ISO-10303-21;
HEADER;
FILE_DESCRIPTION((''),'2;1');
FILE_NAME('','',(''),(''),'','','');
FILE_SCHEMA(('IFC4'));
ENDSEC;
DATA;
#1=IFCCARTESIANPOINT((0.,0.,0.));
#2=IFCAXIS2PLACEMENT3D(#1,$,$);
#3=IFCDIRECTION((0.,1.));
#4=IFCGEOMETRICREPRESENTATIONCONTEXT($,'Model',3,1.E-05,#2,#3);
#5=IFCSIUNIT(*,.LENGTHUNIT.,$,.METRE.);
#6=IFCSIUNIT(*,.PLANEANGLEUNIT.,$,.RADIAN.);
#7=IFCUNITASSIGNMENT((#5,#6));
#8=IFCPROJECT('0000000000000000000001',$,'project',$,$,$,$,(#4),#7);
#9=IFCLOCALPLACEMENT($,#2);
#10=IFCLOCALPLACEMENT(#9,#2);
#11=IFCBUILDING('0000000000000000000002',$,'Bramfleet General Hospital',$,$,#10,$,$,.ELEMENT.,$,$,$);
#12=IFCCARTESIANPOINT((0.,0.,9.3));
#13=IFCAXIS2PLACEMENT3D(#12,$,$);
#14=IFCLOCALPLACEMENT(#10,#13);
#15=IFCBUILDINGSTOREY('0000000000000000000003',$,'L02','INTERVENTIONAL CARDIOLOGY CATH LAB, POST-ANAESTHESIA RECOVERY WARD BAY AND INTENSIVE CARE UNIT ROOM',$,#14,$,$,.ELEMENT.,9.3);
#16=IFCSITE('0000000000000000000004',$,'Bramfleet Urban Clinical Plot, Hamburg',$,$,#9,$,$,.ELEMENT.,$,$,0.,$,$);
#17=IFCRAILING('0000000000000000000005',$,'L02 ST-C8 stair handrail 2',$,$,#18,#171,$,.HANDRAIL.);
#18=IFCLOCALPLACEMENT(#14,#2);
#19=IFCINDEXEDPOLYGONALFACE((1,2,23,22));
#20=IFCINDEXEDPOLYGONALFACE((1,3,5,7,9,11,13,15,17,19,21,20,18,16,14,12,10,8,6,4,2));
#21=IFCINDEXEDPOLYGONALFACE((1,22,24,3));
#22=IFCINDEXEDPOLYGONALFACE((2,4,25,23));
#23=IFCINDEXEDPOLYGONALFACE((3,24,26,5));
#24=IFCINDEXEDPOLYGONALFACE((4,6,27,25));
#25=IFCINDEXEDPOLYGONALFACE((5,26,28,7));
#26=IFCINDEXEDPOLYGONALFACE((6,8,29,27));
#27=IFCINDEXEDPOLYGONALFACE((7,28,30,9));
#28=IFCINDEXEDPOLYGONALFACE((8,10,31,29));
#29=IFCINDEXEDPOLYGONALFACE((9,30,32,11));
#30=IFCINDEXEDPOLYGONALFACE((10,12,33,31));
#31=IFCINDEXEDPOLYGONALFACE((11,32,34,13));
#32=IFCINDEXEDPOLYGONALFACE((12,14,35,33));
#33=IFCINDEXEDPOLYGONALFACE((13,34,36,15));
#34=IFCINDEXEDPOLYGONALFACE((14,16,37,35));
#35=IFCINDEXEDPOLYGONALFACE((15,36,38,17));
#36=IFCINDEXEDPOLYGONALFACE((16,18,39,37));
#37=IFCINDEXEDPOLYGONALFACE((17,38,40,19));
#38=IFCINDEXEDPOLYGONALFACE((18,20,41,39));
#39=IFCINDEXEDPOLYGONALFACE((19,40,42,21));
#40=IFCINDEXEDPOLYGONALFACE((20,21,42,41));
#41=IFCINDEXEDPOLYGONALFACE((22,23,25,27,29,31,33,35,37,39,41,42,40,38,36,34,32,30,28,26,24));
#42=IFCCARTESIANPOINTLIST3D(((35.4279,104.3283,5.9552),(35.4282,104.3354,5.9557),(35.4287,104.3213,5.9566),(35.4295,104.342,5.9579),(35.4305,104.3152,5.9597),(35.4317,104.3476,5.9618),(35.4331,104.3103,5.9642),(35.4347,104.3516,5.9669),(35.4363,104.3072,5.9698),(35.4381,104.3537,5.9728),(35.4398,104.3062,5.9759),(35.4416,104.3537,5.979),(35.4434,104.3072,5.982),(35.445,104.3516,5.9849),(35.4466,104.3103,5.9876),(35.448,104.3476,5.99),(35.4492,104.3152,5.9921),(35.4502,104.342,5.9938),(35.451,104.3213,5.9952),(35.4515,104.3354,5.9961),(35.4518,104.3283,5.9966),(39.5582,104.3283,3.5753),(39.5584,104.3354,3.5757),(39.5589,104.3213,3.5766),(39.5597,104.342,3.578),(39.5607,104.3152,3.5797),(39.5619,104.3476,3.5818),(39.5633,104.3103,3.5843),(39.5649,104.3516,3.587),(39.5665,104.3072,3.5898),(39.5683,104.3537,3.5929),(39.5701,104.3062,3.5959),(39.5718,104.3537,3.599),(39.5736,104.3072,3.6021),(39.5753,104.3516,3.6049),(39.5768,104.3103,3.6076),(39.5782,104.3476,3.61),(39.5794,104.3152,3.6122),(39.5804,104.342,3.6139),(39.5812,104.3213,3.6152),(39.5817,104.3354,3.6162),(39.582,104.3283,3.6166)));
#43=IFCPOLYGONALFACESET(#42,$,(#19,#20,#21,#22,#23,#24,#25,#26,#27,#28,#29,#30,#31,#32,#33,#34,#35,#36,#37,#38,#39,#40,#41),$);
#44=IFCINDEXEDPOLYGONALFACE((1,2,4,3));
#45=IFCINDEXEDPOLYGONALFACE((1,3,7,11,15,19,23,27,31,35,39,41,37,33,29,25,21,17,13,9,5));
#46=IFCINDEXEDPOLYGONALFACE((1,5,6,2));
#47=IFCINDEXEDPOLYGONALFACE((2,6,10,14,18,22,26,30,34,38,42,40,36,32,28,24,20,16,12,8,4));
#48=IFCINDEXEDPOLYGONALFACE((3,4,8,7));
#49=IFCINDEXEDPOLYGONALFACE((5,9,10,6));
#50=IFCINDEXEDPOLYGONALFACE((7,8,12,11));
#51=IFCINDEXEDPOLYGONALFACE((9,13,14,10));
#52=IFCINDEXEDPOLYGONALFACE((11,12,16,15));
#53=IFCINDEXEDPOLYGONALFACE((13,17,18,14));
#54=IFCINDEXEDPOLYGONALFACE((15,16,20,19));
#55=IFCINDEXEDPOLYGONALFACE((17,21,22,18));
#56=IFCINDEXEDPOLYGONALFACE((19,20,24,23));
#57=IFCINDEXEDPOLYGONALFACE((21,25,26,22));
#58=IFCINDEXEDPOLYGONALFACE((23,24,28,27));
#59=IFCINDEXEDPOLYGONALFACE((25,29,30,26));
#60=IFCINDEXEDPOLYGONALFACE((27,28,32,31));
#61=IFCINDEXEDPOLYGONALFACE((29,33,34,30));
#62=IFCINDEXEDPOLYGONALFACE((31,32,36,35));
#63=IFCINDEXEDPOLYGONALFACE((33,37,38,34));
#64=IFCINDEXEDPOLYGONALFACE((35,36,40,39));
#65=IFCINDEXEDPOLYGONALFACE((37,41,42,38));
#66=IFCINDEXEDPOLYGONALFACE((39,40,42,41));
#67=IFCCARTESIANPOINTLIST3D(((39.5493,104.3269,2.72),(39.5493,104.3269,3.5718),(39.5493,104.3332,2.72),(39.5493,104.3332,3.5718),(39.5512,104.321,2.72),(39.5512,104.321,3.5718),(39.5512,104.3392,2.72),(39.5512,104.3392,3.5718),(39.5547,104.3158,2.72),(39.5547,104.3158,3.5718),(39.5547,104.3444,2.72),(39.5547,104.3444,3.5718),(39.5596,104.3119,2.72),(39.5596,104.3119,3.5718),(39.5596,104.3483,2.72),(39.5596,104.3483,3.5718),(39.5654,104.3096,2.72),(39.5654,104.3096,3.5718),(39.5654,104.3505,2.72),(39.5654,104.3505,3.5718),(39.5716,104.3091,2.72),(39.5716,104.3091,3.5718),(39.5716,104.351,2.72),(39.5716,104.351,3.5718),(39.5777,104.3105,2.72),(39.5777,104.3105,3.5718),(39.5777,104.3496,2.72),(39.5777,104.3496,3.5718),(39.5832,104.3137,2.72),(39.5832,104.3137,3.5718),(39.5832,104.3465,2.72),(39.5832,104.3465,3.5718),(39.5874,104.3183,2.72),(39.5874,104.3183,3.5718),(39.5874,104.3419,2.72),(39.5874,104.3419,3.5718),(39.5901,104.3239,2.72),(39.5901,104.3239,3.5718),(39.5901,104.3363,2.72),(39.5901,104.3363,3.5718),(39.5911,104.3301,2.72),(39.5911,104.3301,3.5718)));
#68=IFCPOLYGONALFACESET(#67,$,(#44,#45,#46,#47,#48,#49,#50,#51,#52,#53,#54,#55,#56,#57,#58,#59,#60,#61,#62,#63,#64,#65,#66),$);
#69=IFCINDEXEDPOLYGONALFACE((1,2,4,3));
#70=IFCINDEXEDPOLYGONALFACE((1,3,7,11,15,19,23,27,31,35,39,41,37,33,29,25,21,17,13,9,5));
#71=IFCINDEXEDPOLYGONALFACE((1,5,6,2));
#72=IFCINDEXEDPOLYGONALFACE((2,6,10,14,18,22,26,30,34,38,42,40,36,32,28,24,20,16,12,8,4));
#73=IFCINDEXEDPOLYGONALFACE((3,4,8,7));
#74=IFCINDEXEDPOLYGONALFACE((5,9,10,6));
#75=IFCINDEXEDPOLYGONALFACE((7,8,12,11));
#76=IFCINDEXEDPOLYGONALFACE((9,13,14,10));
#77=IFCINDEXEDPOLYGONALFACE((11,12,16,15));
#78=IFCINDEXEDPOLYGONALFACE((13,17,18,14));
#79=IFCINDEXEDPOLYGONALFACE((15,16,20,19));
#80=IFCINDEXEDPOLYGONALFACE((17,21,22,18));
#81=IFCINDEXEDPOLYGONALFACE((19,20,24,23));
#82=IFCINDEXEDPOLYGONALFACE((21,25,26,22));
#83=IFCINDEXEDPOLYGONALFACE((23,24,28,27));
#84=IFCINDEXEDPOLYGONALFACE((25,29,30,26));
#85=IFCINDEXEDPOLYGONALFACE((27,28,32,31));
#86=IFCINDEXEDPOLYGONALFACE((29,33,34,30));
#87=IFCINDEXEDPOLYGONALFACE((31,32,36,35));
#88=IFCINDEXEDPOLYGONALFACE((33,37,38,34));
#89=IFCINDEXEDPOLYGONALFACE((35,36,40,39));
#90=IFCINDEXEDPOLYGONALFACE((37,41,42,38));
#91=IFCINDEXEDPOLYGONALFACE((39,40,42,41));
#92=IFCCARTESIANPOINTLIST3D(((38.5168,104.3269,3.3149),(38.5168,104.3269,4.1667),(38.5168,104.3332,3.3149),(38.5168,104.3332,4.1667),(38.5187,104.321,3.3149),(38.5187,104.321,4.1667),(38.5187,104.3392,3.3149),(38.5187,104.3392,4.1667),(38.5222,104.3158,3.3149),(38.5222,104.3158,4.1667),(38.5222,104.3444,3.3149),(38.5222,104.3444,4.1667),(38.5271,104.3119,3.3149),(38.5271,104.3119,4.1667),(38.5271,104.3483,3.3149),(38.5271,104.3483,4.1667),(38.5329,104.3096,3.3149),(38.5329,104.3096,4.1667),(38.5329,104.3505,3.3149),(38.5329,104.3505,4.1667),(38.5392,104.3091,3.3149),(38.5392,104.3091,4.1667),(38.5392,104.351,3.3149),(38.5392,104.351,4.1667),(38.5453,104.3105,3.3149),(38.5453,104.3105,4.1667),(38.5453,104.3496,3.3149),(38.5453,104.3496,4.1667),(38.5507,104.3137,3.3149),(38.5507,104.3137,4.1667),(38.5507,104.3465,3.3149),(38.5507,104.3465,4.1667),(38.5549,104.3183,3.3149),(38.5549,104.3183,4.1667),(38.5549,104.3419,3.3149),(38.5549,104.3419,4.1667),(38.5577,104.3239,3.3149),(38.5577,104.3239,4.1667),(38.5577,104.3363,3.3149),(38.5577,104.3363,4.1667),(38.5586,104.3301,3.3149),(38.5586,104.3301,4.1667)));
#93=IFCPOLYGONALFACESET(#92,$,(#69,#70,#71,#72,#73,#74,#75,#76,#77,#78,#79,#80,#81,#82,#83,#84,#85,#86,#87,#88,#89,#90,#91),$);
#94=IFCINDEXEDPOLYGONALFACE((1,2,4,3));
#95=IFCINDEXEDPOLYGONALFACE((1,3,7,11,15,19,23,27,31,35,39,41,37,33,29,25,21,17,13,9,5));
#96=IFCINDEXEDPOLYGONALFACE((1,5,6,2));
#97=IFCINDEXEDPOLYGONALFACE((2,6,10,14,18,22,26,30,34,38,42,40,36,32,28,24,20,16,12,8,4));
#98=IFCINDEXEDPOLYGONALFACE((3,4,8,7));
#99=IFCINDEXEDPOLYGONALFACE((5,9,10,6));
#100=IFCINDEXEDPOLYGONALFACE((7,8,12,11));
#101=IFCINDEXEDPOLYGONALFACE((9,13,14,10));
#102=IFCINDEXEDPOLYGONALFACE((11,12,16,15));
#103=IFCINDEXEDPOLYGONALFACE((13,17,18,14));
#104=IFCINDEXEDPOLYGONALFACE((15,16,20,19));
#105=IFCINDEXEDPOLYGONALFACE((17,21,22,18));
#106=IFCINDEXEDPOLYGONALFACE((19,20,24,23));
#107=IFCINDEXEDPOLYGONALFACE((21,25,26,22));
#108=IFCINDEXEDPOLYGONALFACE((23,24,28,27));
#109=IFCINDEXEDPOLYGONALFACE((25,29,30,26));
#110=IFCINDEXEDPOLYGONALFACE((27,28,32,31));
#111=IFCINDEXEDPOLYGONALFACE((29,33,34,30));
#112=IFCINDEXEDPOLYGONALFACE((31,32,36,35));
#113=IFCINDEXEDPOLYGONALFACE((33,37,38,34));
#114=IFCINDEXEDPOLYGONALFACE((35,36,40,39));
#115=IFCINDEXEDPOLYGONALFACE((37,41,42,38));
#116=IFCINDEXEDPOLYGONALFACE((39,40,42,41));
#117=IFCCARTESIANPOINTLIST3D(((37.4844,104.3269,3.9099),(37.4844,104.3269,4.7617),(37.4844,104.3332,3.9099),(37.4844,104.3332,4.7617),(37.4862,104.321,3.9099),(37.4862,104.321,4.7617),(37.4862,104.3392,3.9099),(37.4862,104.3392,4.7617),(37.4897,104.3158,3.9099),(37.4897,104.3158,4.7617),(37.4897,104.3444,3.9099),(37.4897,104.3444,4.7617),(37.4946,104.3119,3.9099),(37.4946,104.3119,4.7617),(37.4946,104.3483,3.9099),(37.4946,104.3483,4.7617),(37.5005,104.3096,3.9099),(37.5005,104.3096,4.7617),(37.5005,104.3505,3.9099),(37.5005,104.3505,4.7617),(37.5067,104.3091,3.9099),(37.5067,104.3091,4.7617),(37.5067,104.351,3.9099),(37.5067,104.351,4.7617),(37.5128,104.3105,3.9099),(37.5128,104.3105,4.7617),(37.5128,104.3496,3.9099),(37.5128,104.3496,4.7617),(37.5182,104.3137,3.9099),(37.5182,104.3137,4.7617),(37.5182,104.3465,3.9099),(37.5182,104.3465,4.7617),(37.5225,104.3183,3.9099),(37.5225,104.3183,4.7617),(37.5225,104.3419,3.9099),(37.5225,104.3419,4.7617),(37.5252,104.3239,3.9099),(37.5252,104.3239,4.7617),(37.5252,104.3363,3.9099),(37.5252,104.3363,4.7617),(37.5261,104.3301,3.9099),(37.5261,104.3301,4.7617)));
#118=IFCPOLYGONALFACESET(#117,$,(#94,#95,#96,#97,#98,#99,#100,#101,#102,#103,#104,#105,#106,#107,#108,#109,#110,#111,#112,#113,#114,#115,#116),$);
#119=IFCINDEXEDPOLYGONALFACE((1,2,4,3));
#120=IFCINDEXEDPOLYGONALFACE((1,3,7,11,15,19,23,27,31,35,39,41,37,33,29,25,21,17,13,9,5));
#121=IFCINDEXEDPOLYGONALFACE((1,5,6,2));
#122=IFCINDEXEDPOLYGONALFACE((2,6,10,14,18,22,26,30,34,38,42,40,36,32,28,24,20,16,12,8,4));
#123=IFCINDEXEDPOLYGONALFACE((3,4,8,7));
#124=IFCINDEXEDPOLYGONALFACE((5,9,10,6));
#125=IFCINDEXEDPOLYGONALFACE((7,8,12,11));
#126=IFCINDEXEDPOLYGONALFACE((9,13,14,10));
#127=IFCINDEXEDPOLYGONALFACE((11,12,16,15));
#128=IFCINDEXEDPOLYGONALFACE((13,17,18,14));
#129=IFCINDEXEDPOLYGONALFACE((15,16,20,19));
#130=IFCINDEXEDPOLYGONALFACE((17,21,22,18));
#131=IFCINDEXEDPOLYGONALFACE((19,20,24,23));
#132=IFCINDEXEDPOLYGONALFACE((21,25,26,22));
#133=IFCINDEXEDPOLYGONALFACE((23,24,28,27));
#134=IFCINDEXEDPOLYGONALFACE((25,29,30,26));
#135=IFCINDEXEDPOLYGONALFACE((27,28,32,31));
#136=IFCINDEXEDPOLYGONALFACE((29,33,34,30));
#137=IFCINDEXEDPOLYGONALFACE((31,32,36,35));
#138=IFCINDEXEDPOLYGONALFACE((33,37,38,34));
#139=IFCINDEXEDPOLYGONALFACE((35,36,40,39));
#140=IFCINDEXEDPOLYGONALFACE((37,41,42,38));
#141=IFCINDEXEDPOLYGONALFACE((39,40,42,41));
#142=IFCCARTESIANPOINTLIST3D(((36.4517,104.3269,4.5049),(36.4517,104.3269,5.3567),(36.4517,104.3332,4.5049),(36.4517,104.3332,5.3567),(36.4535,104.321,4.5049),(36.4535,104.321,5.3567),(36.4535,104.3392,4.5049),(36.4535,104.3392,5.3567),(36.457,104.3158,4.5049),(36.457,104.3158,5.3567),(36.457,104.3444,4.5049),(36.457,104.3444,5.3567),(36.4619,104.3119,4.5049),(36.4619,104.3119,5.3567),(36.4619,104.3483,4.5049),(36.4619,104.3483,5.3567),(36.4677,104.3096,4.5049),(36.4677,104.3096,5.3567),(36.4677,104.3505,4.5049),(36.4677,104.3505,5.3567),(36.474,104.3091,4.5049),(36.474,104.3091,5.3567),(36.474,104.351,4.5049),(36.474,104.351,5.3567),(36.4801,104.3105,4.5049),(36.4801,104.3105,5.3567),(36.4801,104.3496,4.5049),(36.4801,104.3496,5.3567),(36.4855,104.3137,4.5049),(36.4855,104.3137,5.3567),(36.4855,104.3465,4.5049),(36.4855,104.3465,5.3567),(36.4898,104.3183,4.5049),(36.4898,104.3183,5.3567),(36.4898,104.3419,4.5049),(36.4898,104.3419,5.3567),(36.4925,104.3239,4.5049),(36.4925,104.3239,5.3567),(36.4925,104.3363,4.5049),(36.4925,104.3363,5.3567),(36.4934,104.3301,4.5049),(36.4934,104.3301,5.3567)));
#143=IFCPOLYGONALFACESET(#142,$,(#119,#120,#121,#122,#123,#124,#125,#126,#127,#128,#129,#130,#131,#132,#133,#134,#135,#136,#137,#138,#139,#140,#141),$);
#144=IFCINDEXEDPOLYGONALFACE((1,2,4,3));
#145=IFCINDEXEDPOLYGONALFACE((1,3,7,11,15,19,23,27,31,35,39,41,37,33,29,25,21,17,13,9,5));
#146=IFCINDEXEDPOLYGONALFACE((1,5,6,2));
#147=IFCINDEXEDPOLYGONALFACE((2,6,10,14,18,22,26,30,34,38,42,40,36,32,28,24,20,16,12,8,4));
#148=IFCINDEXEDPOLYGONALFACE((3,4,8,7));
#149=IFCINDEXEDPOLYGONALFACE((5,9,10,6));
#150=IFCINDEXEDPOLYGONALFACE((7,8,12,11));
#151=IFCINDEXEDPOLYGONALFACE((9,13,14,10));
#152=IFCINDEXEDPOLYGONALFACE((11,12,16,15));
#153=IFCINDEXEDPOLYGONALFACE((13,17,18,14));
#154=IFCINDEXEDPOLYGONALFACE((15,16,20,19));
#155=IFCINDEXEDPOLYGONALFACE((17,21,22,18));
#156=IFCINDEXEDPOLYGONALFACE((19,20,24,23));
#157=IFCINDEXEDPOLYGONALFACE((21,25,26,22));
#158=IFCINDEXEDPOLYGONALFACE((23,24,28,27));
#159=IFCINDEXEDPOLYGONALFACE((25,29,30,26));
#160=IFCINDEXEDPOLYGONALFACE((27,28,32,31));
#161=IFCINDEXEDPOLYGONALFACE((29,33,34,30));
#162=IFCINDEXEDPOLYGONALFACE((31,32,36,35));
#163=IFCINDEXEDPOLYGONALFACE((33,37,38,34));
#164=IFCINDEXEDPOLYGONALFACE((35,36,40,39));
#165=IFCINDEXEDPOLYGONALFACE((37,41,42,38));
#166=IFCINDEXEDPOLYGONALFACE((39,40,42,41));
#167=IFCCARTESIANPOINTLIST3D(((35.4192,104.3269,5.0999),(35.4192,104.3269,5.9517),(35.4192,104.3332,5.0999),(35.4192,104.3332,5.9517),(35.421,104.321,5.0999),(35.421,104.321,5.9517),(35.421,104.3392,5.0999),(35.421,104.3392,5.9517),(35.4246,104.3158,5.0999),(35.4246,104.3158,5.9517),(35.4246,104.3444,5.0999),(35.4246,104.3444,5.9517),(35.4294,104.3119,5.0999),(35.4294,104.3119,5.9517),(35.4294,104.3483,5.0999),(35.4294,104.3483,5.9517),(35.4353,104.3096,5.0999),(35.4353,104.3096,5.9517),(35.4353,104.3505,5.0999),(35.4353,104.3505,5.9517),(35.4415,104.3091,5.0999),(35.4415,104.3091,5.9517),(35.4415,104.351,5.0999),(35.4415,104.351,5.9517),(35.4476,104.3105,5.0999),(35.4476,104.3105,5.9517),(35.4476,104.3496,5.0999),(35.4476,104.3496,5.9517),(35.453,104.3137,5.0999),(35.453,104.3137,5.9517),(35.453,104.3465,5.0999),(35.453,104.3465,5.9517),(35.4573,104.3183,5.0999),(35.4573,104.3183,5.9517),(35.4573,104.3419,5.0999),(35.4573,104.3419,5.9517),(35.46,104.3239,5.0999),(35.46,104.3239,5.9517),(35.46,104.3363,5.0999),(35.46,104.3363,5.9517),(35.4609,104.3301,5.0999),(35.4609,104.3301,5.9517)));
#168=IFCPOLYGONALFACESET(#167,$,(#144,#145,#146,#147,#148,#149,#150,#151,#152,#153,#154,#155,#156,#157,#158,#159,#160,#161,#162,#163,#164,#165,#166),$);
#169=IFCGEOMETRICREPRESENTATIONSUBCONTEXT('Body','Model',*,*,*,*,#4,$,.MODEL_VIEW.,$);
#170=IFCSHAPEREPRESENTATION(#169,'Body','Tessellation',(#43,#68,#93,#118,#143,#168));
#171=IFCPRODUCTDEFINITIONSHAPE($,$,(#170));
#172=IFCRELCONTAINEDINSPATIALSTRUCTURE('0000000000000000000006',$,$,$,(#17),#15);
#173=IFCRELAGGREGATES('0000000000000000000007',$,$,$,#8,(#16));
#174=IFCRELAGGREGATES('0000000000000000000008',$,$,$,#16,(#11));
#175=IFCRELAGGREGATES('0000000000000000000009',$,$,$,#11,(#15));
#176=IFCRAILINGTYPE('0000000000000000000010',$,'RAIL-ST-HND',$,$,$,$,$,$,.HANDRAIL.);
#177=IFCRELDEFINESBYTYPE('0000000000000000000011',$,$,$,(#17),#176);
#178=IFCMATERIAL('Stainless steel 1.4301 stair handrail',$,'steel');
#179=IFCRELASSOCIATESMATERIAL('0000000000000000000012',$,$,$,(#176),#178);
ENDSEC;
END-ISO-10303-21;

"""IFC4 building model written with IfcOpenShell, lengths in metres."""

from ifc_helpers import new_model, si_unit, direction, frame, origin, origin_2d, place, context, subcontext, project, spatial, circle, extrude, material, type_object, element, save


model = new_model("IFC4")

# Units and contexts
model_context = context("Model", 3, precision=1e-05, world=origin(), true_north=direction((0.0, 1.0)))
body_context = subcontext(model_context, "Body", "Model", "MODEL_VIEW")
ifc_project = project(units=[si_unit("LENGTHUNIT", "METRE"), si_unit("PLANEANGLEUNIT", "RADIAN")], contexts=[model_context])

# Site, building, storey
site_placement = place(None, origin())
site = spatial("IfcSite", under=ifc_project, at=site_placement, Name="Bramfleet Urban Clinical Plot, Hamburg", CompositionType="ELEMENT", RefElevation=0.0)
building_placement = place(site_placement, origin())
building = spatial("IfcBuilding", under=site, at=building_placement, Name="Bramfleet General Hospital", CompositionType="ELEMENT")
storey_placement = place(building_placement, frame((0.0, 0.0, 9.3)))
storey = spatial("IfcBuildingStorey", under=building, at=storey_placement, Name="L02", Description="INTERVENTIONAL CARDIOLOGY CATH LAB, POST-ANAESTHESIA RECOVERY WARD BAY AND INTENSIVE CARE UNIT ROOM", CompositionType="ELEMENT", Elevation=9.3)

# Railing
ifc_material_1 = material(Name="Stainless steel 1.4301 stair handrail", Category="steel")
railing_type_1 = type_object("IfcRailingType", Name="RAIL-ST-HND", PredefinedType="HANDRAIL", material=ifc_material_1)
railing_1_placement = place(storey_placement, frame((39.5701, 104.3301, 2.72)))
element("IfcRailing", 1, at=railing_1_placement, inside=storey, type_object=railing_type_1, Name="L02 ST-C8 stair handrail 2", PredefinedType="HANDRAIL", context=body_context, shape_type="SweptSolid", body=[
    extrude(circle(Radius=0.0239, at=origin_2d()), frame((0.0, 0.0, 0.876), z_axis=(-0.866447, 0.0, 0.499269), x_axis=(0.0, -1.0, 0.0)), (0.0, 0.0, 1.0), 4.7668),
    extrude(circle(Radius=0.021, at=origin_2d()), origin(), (0.0, 0.0, 1.0), 0.8518),
    extrude(circle(Radius=0.021, at=origin_2d()), frame((-1.0325, 0.0, 0.595)), (0.0, 0.0, 1.0), 0.8518),
    extrude(circle(Radius=0.021, at=origin_2d()), frame((-2.0649, 0.0, 1.1899)), (0.0, 0.0, 1.0), 0.8518),
    extrude(circle(Radius=0.021, at=origin_2d()), frame((-3.0977, 0.0, 1.7849)), (0.0, 0.0, 1.0), 0.8518),
    extrude(circle(Radius=0.021, at=origin_2d()), frame((-4.1301, 0.0, 2.3799)), (0.0, 0.0, 1.0), 0.8518),
])

save(model, "model.ifc")
